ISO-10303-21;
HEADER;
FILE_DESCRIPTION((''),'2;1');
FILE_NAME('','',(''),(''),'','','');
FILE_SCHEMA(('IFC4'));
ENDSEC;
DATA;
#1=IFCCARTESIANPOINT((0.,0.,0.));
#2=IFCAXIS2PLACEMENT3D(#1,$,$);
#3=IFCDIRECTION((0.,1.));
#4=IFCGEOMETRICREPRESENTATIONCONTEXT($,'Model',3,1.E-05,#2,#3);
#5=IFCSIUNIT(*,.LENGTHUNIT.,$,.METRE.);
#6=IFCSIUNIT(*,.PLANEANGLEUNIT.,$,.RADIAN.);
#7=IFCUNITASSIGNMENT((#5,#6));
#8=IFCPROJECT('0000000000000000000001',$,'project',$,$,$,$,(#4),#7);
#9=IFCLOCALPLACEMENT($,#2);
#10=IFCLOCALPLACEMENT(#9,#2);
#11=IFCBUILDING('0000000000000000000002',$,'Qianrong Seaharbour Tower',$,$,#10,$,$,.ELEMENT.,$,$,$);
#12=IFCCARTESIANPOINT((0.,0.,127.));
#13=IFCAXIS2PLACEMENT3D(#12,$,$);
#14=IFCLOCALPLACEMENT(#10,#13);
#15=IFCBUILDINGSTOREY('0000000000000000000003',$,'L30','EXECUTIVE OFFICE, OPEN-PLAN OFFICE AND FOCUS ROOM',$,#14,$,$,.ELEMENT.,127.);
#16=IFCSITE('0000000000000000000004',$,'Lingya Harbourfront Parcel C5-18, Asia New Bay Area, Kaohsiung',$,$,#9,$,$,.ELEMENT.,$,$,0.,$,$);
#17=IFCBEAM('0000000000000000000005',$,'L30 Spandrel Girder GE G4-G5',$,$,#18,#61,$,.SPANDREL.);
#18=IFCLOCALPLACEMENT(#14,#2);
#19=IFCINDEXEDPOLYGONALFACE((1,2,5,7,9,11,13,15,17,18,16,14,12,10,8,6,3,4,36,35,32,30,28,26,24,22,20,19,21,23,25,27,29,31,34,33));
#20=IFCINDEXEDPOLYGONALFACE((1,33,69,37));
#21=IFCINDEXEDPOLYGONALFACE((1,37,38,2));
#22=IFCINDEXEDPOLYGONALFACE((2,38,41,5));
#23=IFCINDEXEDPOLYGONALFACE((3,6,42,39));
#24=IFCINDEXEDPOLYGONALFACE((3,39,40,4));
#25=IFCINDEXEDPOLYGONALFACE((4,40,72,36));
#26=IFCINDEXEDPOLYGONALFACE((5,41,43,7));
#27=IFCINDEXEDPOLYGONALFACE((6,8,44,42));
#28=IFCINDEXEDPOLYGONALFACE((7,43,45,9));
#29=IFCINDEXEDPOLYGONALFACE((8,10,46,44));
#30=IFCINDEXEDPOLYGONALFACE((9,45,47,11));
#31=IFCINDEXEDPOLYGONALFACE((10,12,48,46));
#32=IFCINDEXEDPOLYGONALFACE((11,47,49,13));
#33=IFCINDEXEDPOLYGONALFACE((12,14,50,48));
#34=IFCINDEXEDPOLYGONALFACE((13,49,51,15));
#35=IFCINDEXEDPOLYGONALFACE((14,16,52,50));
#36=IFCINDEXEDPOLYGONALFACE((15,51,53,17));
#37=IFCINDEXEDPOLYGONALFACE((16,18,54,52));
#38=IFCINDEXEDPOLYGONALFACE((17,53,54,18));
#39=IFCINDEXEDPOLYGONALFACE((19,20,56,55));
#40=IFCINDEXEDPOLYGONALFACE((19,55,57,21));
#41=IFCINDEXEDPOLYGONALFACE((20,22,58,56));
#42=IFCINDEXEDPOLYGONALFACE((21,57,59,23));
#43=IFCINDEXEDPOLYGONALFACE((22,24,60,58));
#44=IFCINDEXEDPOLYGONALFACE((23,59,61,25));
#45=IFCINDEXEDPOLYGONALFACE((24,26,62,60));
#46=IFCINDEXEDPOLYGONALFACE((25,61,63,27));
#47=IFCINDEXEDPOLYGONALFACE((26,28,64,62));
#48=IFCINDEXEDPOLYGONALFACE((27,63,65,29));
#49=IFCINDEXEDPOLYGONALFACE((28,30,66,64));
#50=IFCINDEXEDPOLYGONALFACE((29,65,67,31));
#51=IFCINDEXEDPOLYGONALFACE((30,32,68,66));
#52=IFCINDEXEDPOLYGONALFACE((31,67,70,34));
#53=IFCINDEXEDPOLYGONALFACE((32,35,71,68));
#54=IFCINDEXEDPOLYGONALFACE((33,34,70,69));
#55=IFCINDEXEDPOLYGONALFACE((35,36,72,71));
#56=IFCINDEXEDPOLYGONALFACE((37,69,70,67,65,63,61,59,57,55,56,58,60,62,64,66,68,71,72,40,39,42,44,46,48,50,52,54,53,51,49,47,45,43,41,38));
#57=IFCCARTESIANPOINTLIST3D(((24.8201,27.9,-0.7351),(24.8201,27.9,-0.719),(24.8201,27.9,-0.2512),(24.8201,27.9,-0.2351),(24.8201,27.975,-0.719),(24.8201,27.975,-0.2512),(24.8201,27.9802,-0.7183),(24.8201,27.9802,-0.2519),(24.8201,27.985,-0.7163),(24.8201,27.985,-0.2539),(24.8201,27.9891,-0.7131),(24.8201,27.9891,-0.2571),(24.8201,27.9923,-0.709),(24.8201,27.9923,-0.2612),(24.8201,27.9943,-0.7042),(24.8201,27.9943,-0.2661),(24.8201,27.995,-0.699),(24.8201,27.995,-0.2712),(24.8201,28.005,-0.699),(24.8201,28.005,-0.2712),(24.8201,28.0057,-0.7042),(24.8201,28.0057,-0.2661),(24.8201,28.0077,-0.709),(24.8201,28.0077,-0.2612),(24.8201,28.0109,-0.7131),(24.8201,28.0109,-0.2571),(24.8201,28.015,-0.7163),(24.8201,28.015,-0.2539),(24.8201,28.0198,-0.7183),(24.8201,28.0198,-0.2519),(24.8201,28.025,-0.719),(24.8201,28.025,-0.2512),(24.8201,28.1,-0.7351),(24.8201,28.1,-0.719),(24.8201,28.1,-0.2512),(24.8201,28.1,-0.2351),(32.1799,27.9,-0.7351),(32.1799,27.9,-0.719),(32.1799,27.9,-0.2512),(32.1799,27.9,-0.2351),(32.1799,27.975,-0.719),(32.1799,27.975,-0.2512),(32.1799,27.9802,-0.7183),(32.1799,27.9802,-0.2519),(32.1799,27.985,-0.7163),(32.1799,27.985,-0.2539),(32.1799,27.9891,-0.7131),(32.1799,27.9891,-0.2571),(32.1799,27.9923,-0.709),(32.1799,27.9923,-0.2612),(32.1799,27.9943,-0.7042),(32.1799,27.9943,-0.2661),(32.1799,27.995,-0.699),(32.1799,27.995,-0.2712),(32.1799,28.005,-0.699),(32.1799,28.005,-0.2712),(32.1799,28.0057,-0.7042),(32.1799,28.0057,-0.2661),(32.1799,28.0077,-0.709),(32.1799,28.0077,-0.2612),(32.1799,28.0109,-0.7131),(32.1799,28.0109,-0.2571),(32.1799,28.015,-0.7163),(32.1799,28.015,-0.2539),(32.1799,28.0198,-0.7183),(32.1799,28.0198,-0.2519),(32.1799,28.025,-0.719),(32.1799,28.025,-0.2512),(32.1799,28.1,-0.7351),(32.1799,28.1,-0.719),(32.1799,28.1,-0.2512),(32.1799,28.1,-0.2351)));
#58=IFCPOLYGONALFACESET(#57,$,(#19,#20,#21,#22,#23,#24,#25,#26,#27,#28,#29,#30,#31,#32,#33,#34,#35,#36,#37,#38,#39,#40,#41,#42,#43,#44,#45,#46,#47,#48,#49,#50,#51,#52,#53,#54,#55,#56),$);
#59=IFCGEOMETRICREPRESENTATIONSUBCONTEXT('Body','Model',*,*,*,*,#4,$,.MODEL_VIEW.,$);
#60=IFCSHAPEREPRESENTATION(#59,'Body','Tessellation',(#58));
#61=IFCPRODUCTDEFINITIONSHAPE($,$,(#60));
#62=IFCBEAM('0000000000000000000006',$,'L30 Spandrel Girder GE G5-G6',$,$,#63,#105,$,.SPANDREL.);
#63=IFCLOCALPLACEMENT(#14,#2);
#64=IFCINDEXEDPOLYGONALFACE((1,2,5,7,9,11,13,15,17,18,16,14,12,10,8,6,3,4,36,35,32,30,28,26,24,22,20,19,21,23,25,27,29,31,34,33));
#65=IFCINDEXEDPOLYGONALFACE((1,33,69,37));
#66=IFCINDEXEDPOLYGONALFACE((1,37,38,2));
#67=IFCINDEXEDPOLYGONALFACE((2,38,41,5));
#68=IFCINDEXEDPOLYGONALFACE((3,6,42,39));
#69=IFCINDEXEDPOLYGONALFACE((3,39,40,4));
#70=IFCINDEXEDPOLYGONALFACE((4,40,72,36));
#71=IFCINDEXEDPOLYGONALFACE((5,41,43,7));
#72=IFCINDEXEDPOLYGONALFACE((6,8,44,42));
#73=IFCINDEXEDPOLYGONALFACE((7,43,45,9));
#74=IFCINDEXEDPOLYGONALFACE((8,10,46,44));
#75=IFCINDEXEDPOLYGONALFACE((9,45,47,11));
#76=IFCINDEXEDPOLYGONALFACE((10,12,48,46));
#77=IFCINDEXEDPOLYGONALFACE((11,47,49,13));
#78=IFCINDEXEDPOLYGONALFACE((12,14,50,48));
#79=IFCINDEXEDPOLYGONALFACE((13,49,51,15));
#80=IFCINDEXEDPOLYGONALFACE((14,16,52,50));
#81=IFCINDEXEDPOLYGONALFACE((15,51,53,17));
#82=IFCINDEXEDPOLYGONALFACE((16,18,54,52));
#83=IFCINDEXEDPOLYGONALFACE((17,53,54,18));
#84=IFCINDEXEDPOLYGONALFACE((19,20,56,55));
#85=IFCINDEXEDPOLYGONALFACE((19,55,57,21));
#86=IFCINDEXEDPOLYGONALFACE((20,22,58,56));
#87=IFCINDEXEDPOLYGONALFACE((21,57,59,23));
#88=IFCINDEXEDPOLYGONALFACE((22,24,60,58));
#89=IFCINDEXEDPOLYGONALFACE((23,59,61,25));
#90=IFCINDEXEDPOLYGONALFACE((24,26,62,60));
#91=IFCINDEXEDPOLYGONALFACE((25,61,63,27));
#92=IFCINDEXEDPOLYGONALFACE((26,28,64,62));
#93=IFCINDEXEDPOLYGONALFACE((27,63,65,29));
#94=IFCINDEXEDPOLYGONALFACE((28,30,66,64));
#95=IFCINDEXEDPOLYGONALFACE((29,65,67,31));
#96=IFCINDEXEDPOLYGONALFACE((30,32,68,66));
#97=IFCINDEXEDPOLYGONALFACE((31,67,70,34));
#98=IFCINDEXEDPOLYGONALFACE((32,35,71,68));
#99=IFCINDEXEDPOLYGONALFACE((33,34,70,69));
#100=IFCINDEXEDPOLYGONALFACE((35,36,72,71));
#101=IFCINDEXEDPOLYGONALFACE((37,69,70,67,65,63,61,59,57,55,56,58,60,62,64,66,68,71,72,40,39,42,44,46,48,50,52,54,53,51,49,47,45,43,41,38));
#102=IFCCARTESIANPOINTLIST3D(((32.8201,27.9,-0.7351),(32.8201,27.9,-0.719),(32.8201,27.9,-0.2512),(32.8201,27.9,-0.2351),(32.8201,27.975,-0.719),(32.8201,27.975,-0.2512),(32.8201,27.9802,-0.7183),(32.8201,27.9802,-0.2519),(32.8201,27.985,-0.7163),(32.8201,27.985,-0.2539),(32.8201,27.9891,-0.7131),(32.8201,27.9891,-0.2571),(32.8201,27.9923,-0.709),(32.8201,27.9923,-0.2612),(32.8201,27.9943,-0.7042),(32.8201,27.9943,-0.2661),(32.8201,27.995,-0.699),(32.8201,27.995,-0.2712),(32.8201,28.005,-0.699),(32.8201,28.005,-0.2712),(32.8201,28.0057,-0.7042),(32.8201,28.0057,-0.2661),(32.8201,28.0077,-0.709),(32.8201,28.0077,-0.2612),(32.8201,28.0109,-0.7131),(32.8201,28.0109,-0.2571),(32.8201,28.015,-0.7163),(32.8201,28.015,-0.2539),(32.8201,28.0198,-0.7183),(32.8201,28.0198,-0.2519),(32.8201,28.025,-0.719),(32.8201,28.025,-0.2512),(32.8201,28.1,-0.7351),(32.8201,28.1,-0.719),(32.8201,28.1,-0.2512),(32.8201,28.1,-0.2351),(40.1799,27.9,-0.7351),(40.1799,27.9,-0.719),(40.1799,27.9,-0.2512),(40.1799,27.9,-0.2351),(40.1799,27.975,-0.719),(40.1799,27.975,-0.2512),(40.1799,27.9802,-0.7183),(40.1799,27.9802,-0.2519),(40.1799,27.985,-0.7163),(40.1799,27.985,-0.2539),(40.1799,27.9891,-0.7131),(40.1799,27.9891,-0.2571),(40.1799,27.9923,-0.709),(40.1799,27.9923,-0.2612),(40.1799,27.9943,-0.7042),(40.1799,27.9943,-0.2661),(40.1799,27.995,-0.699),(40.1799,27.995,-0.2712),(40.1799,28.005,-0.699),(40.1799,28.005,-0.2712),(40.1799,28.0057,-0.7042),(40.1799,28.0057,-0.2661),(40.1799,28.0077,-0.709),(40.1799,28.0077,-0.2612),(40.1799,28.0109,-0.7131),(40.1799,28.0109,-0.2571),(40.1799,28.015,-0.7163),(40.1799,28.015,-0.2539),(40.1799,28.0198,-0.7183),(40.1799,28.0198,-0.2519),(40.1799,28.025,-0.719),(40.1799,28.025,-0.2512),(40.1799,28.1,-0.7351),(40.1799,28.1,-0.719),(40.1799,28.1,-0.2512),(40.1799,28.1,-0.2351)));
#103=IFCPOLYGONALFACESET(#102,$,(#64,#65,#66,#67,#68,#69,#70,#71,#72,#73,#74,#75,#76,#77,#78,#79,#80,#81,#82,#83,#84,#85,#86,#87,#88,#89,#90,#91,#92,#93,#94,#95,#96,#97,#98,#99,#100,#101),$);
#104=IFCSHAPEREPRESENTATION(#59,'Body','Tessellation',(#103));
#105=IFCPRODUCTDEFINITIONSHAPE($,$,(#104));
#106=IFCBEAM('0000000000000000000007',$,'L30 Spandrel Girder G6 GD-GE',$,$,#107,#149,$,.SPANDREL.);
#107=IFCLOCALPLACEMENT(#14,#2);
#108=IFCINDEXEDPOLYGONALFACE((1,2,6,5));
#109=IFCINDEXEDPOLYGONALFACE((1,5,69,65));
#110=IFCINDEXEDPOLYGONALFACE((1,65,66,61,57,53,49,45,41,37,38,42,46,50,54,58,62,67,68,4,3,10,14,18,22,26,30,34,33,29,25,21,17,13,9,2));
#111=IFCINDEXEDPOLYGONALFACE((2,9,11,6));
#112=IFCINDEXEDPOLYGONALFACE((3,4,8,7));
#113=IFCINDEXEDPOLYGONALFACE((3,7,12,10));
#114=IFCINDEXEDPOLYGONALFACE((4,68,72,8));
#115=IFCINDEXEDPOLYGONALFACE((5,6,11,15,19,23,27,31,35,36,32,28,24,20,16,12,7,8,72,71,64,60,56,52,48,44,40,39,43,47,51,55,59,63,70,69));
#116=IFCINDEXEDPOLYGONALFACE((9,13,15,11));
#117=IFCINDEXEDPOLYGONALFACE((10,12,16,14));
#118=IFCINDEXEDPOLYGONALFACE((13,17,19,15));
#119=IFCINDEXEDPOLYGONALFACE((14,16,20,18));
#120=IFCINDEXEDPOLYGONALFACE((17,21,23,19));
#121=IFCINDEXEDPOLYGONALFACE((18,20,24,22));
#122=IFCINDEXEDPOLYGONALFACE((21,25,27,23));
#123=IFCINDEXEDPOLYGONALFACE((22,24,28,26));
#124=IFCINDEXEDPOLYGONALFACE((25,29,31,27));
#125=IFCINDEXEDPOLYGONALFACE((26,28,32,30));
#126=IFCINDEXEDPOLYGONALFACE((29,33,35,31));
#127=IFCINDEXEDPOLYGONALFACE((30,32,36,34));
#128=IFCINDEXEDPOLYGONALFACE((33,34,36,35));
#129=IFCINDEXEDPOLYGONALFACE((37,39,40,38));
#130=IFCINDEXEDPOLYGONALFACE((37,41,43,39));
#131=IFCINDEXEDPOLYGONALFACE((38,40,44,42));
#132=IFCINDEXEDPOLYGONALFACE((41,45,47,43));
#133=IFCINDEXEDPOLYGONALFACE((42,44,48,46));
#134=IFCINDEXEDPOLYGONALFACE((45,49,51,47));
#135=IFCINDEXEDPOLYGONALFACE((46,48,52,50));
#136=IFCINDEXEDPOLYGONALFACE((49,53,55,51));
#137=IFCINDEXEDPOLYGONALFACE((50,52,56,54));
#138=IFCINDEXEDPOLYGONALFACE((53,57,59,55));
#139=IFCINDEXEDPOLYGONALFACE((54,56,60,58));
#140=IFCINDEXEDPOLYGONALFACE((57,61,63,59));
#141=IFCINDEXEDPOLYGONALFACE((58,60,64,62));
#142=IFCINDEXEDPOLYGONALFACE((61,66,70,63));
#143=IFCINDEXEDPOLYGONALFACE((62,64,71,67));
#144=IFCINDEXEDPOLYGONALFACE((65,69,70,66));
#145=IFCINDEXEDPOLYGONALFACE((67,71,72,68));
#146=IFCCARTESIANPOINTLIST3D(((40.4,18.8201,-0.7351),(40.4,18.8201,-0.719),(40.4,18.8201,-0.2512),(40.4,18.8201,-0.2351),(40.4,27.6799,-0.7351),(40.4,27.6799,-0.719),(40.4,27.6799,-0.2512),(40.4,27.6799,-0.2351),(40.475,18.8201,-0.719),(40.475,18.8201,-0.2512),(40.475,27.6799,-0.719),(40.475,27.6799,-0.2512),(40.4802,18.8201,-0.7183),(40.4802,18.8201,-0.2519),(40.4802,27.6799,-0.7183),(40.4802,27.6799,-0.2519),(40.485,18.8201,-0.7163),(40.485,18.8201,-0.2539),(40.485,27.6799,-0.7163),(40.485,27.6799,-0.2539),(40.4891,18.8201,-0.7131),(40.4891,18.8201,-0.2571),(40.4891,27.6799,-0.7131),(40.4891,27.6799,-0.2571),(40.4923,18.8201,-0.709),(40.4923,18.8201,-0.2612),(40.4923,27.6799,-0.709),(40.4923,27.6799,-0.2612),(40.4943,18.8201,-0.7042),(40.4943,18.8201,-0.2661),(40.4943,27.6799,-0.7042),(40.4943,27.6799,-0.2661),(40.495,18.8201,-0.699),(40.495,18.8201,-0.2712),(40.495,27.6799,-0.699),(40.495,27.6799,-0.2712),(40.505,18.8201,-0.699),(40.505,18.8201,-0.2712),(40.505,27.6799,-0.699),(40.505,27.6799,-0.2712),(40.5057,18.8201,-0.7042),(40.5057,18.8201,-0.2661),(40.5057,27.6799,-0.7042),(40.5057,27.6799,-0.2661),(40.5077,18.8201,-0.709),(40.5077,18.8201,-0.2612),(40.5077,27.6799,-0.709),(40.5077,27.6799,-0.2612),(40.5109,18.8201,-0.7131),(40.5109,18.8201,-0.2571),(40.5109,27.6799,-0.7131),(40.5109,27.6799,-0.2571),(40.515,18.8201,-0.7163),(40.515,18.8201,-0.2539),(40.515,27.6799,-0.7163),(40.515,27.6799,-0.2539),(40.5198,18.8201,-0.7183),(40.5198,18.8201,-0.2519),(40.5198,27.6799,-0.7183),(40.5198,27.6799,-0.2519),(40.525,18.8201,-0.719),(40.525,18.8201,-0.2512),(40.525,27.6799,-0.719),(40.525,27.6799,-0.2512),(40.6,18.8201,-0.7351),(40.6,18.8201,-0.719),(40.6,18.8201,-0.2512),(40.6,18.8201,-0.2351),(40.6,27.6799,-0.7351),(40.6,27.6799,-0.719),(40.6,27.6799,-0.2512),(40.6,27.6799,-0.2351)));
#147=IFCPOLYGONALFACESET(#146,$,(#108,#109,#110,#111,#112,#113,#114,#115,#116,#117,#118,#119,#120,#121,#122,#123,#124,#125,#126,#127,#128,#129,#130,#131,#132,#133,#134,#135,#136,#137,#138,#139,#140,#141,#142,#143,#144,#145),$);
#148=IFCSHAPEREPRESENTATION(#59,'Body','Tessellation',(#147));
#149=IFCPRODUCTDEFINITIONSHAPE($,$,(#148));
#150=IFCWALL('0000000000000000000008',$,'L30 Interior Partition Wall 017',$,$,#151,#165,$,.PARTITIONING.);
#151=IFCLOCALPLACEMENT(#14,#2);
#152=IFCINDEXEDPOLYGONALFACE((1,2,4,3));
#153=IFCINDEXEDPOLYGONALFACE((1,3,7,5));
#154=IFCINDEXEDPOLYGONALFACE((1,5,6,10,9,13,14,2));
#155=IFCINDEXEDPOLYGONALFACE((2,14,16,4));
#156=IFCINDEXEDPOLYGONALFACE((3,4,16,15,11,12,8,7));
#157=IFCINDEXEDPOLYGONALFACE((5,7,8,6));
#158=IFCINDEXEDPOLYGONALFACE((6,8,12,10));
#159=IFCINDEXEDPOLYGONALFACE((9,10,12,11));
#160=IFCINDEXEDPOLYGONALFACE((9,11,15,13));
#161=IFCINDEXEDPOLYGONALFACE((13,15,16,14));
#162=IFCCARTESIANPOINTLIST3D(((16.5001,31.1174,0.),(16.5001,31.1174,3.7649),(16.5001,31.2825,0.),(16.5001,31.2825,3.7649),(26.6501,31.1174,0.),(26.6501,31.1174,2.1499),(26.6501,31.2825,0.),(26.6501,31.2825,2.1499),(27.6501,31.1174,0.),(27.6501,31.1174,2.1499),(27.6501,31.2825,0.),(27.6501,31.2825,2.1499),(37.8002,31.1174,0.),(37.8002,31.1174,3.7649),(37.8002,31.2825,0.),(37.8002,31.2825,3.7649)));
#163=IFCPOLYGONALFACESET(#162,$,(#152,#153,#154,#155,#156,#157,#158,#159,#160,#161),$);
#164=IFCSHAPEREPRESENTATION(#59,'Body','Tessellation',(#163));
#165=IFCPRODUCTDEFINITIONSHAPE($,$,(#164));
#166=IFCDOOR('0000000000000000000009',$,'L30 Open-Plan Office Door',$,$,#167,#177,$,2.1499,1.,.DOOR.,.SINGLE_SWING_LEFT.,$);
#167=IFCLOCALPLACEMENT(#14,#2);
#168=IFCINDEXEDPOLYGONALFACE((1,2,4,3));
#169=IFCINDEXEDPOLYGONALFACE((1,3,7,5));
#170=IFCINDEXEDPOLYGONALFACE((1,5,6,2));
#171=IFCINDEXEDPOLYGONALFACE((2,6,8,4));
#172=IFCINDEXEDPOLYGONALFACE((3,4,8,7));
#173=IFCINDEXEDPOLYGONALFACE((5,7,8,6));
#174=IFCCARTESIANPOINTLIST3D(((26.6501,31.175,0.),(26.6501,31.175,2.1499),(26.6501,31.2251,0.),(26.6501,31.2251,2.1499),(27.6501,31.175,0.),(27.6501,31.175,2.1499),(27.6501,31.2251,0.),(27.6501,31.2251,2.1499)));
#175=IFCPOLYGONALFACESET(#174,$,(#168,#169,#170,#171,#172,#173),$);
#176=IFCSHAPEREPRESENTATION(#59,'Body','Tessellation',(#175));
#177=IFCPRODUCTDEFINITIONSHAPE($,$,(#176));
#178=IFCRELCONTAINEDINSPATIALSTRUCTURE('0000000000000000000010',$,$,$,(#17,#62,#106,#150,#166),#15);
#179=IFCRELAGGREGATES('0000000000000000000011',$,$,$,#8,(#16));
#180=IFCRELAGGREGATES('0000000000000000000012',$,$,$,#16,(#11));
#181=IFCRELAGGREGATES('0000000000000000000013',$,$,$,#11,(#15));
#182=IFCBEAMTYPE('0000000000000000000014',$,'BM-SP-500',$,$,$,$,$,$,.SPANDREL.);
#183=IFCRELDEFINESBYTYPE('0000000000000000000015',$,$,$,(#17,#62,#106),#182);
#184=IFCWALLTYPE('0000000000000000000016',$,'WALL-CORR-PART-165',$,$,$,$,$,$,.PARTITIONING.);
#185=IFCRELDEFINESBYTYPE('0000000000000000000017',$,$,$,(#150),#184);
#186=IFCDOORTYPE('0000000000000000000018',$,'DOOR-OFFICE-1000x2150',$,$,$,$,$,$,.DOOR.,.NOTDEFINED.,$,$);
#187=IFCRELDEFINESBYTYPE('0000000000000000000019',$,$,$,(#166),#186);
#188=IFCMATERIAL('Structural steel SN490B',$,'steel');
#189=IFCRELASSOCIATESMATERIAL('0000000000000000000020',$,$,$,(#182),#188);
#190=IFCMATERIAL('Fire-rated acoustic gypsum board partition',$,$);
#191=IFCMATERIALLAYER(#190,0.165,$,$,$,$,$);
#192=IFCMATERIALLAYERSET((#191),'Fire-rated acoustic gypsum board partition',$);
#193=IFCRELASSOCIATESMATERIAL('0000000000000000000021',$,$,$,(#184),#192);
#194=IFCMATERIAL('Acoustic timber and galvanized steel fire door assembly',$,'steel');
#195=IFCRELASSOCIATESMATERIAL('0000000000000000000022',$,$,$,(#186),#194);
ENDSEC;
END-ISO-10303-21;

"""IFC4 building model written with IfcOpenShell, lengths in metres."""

from ifc_helpers import new_model, si_unit, direction, frame, frame_2d, origin, origin_2d, place, context, subcontext, project, spatial, rectangle, i_section, extrude, material, layer, layer_set, material_profile, profile_set, type_object, element, fill, save


model = new_model("IFC4")

# Units and contexts
model_context = context("Model", 3, precision=1e-05, world=origin(), true_north=direction((0.0, 1.0)))
body_context = subcontext(model_context, "Body", "Model", "MODEL_VIEW")
ifc_project = project(units=[si_unit("LENGTHUNIT", "METRE"), si_unit("PLANEANGLEUNIT", "RADIAN")], contexts=[model_context])

# Site, building, storey
site_placement = place(None, origin())
site = spatial("IfcSite", under=ifc_project, at=site_placement, Name="Lingya Harbourfront Parcel C5-18, Asia New Bay Area, Kaohsiung", CompositionType="ELEMENT", RefElevation=0.0)
building_placement = place(site_placement, origin())
building = spatial("IfcBuilding", under=site, at=building_placement, Name="Qianrong Seaharbour Tower", CompositionType="ELEMENT")
storey_placement = place(building_placement, frame((0.0, 0.0, 127.0)))
storey = spatial("IfcBuildingStorey", under=building, at=storey_placement, Name="L30", Description="EXECUTIVE OFFICE, OPEN-PLAN OFFICE AND FOCUS ROOM", CompositionType="ELEMENT", Elevation=127.0)

# Shared definitions
ifc_material_1 = material(Name="Structural steel SN490B", Category="steel")

# Beams
ifc_material_profile_1 = material_profile(ifc_material_1, i_section(OverallWidth=0.2, OverallDepth=0.5, WebThickness=0.01, FlangeThickness=0.0161, FilletRadius=0.02, at=origin_2d()), Name="H500x200x10x16")
ifc_profile_set_1 = profile_set([ifc_material_profile_1], Name="Structural steel SN490B")
beam_type_1 = type_object("IfcBeamType", Name="BM-SP-500", PredefinedType="SPANDREL", material=ifc_profile_set_1)
for number, where, z_axis, x_axis, name in (
    (1, (24.8201, 28.0, -0.4851), (1.0, 0.0, 0.0), (0.0, 1.0, 0.0), "L30 Spandrel Girder GE G4-G5"),
    (2, (32.8201, 28.0, -0.4851), (1.0, 0.0, 0.0), (0.0, 1.0, 0.0), "L30 Spandrel Girder GE G5-G6"),
):
    element("IfcBeam", number, at=place(storey_placement, frame(where, z_axis=z_axis, x_axis=x_axis)), inside=storey, type_object=beam_type_1, Name=name, PredefinedType="SPANDREL", context=body_context, shape_type="SweptSolid", body=[
        extrude(i_section(OverallWidth=0.2, OverallDepth=0.5, WebThickness=0.01, FlangeThickness=0.0161, FilletRadius=0.02, at=origin_2d()), origin(), (0.0, 0.0, 1.0), 7.3599),
    ])
beam_1_placement = place(storey_placement, frame((40.5, 18.8201, -0.4851), z_axis=(0.0, 1.0, 0.0), x_axis=(-1.0, 0.0, 0.0)))
element("IfcBeam", 3, at=beam_1_placement, inside=storey, type_object=beam_type_1, Name="L30 Spandrel Girder G6 GD-GE", PredefinedType="SPANDREL", context=body_context, shape_type="SweptSolid", body=[
    extrude(i_section(OverallWidth=0.2, OverallDepth=0.5, WebThickness=0.01, FlangeThickness=0.0161, FilletRadius=0.02, at=origin_2d()), origin(), (0.0, 0.0, 1.0), 8.8599),
])

# Wall, opening, door
ifc_material_2 = material(Name="Fire-rated acoustic gypsum board partition")
ifc_layer_1 = layer(ifc_material_2, 0.165)
ifc_layer_set_1 = layer_set([ifc_layer_1], Name="Fire-rated acoustic gypsum board partition")
wall_type_1 = type_object("IfcWallType", Name="WALL-CORR-PART-165", PredefinedType="PARTITIONING", material=ifc_layer_set_1)
wall_1_placement = place(storey_placement, frame((37.8, 31.2, 0.0), z_axis=(0.0, 0.0, 1.0), x_axis=(-1.0, 0.0, 0.0)))
wall_1 = element("IfcWall", 4, at=wall_1_placement, inside=storey, type_object=wall_type_1, Name="L30 Interior Partition Wall 017", PredefinedType="PARTITIONING", context=body_context, shape_type="SweptSolid", body=[
    extrude(rectangle(XDim=21.3, YDim=0.165, at=frame_2d((10.6499, 0.0))), origin(), (0.0, 0.0, 1.0), 3.7649),
])
opening_1_placement = place(wall_1_placement, frame((10.1499, 0.0, 0.0)))
opening_1 = element("IfcOpeningElement", 5, at=opening_1_placement, cuts=wall_1, PredefinedType="OPENING", context=body_context, shape_type="SweptSolid", body=[
    extrude(rectangle(XDim=1.0, YDim=2.1499, at=frame_2d((0.5, 1.075))), frame((0.0, 0.0925, 0.0), z_axis=(0.0, -1.0, 0.0), x_axis=(1.0, 0.0, 0.0)), (0.0, 0.0, 1.0), 0.1851),
])
ifc_material_3 = material(Name="Acoustic timber and galvanized steel fire door assembly", Category="steel")
door_type = type_object("IfcDoorType", Name="DOOR-OFFICE-1000x2150", OperationType="NOTDEFINED", PredefinedType="DOOR", material=ifc_material_3)
door_placement = place(opening_1_placement, origin())
door = element("IfcDoor", 6, at=door_placement, inside=storey, type_object=door_type, Name="L30 Open-Plan Office Door", OperationType="SINGLE_SWING_LEFT", OverallHeight=2.1499, OverallWidth=1.0, PredefinedType="DOOR", context=body_context, shape_type="SweptSolid", body=[
    extrude(rectangle(XDim=1.0, YDim=2.1499, at=frame_2d((0.5, 1.075))), frame((0.0, 0.0249, 0.0), z_axis=(0.0, -1.0, 0.0), x_axis=(1.0, 0.0, 0.0)), (0.0, 0.0, 1.0), 0.05),
])
fill(opening_1, door)

save(model, "model.ifc")
